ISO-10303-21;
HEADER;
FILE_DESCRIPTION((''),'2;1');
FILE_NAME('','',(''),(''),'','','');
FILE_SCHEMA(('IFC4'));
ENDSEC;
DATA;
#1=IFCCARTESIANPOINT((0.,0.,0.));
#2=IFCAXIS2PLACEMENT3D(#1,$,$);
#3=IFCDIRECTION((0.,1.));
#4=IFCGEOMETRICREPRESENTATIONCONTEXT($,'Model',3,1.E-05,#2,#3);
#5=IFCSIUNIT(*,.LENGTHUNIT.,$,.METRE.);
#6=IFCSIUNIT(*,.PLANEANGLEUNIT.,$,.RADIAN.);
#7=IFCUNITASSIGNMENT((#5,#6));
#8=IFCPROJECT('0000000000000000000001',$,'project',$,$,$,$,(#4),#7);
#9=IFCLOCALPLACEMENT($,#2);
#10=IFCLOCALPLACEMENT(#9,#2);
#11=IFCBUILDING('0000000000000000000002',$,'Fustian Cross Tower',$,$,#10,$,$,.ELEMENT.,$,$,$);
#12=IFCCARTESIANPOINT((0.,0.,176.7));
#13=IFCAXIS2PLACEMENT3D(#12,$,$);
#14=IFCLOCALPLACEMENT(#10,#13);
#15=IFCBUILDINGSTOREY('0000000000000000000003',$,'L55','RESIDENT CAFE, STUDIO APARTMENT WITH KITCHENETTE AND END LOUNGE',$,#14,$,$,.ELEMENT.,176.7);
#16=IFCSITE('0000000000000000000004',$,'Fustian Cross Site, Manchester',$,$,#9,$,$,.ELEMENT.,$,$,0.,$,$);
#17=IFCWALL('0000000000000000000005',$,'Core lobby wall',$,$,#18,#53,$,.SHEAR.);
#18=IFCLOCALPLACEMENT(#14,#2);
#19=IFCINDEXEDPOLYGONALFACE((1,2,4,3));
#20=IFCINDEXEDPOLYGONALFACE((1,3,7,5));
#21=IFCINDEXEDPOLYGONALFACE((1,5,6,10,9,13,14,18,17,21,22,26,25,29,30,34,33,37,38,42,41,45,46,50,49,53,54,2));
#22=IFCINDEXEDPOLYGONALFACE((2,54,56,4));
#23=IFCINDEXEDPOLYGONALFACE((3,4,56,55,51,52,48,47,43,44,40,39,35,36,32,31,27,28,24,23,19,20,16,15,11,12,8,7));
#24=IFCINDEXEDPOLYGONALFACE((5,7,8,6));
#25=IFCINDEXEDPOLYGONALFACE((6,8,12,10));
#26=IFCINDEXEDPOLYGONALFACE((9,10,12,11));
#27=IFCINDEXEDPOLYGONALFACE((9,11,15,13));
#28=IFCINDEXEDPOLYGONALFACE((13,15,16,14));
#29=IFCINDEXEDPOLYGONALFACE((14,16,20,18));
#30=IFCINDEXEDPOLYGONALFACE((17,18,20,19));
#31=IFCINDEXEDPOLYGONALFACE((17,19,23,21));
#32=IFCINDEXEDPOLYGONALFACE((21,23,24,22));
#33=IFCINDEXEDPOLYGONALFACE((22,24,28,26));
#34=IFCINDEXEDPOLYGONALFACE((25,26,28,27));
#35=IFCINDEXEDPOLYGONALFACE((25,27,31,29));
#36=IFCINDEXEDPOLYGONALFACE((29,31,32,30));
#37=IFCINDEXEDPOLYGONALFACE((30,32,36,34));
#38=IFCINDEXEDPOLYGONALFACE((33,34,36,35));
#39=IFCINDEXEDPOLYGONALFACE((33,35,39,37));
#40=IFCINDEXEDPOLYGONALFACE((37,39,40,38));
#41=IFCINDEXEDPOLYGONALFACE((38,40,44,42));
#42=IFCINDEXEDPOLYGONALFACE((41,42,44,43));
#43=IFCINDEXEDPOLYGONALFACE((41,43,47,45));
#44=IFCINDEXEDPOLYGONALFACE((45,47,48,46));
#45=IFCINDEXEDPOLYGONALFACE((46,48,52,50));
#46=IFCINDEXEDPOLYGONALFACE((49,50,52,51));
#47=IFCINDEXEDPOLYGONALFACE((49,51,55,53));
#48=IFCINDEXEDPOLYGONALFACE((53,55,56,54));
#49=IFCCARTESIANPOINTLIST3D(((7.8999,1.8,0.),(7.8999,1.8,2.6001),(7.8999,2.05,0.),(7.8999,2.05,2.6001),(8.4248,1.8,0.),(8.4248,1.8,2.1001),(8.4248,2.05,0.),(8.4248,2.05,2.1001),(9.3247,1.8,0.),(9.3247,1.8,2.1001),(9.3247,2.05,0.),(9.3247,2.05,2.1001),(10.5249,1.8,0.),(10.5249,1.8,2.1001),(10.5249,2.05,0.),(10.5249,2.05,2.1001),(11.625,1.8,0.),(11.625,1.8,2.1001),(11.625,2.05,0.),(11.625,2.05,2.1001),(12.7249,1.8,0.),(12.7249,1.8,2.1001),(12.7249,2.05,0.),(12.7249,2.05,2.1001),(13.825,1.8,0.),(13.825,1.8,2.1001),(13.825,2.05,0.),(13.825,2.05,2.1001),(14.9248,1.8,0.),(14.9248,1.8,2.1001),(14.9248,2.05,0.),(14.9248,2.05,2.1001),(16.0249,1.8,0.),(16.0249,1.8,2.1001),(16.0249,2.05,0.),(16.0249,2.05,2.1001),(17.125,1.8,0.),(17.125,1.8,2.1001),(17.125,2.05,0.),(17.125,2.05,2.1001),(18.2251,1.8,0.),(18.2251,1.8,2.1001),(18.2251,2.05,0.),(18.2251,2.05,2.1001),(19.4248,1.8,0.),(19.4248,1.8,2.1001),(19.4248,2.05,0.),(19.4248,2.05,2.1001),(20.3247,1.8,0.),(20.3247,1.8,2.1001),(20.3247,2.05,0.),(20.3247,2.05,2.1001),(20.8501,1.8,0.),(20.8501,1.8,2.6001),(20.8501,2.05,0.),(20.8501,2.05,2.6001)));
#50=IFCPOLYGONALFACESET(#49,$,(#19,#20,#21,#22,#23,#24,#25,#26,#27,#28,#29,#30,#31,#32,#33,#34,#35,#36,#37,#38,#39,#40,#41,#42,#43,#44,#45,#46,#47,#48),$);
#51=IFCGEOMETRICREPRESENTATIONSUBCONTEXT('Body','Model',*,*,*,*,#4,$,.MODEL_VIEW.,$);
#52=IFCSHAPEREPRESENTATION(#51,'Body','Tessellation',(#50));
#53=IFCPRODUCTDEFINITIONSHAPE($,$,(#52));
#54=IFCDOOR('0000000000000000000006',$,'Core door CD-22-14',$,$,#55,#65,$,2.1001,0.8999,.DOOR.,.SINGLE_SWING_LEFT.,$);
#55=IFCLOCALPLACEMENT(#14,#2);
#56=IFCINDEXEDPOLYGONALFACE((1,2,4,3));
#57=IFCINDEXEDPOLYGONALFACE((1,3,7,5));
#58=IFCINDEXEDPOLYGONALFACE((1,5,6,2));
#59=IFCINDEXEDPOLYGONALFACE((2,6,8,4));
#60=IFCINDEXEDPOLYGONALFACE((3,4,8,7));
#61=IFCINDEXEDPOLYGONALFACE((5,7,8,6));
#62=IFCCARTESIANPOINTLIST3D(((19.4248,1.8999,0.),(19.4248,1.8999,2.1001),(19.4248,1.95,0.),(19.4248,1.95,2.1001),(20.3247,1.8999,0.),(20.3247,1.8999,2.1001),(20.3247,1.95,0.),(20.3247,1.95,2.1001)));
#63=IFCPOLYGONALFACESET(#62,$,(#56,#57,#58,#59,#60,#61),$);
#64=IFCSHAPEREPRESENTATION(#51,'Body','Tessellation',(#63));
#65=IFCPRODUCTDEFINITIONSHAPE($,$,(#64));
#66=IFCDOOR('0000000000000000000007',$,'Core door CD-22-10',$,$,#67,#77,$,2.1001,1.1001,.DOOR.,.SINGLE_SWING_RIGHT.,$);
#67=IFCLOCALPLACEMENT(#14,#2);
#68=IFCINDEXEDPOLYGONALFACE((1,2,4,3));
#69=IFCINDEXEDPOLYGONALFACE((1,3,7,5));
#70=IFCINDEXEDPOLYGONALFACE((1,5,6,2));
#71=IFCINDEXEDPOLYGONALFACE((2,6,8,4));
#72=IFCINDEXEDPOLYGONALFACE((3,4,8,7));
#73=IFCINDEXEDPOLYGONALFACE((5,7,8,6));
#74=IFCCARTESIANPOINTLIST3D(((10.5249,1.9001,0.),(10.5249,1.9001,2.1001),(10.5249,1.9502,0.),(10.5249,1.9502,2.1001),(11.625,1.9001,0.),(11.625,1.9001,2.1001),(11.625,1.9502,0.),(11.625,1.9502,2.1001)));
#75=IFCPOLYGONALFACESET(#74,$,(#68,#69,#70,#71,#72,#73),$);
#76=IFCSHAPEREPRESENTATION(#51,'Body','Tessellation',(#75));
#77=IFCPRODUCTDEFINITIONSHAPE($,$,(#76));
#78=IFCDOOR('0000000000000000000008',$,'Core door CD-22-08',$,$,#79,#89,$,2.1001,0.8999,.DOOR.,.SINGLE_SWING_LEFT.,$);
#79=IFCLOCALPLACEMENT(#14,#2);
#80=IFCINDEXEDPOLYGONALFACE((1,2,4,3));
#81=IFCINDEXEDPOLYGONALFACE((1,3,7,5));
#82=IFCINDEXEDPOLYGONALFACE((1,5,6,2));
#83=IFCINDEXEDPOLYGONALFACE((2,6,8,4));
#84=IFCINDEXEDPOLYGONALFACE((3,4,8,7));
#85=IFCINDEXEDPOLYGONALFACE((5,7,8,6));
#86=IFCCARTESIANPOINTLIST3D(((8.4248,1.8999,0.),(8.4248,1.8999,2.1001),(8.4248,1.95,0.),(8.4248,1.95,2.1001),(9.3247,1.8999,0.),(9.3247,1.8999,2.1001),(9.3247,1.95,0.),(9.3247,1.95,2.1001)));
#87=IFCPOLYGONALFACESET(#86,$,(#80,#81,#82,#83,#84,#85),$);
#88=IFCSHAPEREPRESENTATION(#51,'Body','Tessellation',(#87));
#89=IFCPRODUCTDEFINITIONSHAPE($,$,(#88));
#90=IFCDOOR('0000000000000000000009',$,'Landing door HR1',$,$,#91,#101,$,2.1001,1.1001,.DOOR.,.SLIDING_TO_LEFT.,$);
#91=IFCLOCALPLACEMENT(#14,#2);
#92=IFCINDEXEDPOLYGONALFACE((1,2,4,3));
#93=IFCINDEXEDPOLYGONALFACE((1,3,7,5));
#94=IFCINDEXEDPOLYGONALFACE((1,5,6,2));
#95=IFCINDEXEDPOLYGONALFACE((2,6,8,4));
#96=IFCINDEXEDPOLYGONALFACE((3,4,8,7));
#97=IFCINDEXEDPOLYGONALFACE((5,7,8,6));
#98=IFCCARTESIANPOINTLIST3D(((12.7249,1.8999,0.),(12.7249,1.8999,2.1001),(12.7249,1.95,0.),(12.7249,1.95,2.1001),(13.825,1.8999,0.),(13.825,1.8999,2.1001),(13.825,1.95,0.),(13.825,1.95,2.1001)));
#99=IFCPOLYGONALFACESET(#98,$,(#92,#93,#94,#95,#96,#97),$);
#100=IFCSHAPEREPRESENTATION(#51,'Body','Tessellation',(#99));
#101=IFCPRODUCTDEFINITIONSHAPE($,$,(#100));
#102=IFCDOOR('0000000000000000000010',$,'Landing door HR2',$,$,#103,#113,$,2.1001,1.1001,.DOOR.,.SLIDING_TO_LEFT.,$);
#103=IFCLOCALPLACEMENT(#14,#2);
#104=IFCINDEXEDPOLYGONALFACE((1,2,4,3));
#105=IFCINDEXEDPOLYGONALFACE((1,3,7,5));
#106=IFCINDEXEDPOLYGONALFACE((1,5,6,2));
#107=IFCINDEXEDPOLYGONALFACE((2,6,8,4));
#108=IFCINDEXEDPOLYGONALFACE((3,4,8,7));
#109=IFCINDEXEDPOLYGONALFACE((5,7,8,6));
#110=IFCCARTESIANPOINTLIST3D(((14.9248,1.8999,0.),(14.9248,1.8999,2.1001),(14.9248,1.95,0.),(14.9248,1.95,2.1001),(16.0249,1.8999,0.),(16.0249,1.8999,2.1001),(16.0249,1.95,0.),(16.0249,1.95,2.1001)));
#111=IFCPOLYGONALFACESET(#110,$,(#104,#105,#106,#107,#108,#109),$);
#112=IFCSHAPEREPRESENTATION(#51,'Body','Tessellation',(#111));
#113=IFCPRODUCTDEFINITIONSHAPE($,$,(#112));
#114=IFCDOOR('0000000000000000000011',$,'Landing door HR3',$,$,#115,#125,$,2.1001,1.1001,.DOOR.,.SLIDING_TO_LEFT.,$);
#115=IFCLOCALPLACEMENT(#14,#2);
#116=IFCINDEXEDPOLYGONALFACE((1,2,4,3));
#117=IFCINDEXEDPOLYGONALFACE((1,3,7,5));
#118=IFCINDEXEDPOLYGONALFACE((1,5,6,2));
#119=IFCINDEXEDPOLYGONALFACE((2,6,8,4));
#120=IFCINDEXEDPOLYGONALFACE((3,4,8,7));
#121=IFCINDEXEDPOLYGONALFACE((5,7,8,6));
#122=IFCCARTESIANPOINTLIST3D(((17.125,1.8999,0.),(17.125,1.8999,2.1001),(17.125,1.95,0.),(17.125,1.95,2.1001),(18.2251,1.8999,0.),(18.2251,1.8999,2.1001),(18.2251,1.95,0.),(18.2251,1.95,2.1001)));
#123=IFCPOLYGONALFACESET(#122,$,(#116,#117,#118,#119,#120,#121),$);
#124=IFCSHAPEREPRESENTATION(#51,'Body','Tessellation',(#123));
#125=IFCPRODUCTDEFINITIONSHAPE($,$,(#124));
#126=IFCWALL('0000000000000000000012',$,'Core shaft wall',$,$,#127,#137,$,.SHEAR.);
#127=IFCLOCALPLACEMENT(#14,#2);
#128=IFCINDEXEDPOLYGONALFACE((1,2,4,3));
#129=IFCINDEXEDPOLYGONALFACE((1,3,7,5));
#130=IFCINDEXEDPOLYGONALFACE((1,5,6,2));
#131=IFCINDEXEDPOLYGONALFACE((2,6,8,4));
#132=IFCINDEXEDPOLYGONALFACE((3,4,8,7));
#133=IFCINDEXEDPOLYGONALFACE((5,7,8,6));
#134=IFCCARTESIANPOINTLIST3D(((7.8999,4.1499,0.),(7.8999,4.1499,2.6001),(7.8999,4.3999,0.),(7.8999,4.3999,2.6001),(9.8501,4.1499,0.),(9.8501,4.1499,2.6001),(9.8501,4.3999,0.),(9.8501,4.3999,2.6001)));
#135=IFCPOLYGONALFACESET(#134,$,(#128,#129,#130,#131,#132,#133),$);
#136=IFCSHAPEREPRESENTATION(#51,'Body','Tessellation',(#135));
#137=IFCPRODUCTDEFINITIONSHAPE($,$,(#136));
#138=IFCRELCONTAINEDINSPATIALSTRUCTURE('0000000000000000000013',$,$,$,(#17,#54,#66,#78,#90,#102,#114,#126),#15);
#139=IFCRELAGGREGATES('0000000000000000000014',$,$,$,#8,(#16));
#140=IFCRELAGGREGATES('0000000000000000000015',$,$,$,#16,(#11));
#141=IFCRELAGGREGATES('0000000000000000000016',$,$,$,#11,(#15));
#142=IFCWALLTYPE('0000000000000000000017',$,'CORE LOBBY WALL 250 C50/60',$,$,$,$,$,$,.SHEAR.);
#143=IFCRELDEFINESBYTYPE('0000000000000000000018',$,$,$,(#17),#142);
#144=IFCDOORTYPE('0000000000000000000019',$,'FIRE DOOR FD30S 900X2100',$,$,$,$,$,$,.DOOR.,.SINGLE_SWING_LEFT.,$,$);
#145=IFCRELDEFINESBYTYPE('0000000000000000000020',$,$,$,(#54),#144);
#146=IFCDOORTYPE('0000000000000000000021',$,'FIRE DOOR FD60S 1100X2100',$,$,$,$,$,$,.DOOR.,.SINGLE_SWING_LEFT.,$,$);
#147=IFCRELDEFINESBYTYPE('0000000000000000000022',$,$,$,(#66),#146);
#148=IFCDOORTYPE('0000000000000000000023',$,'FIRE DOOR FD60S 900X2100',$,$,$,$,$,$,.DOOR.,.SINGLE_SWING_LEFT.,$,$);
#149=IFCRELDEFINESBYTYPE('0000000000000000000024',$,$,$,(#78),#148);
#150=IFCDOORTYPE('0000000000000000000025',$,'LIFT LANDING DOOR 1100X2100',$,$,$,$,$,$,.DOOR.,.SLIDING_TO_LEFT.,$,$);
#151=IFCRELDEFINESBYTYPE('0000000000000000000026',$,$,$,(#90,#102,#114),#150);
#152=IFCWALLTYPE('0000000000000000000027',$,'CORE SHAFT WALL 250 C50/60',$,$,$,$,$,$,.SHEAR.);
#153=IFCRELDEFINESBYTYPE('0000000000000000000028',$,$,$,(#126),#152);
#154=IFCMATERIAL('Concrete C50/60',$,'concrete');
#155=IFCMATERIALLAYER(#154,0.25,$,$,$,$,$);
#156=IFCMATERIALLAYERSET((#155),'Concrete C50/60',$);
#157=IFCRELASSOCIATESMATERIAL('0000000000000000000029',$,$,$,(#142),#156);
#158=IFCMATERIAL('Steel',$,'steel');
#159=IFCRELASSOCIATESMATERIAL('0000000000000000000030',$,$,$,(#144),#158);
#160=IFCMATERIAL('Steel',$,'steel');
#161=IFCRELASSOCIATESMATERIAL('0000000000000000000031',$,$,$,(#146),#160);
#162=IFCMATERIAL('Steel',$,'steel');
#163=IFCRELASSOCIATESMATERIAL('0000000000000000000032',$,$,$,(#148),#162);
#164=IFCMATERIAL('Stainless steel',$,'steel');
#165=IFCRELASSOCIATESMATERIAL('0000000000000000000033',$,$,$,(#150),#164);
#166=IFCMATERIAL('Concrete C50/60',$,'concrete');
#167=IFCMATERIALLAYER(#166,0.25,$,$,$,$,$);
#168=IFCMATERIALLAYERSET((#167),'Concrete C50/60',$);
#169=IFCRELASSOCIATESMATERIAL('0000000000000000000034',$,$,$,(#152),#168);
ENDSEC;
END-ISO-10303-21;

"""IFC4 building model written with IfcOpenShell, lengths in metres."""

from ifc_helpers import new_model, si_unit, direction, frame, frame_2d, origin, place, context, subcontext, project, spatial, rectangle, extrude, material, layer, layer_set, type_object, element, fill, save


model = new_model("IFC4")

# Units and contexts
model_context = context("Model", 3, precision=1e-05, world=origin(), true_north=direction((0.0, 1.0)))
body_context = subcontext(model_context, "Body", "Model", "MODEL_VIEW")
ifc_project = project(units=[si_unit("LENGTHUNIT", "METRE"), si_unit("PLANEANGLEUNIT", "RADIAN")], contexts=[model_context])

# Site, building, storey
site_placement = place(None, origin())
site = spatial("IfcSite", under=ifc_project, at=site_placement, Name="Fustian Cross Site, Manchester", CompositionType="ELEMENT", RefElevation=0.0)
building_placement = place(site_placement, origin())
building = spatial("IfcBuilding", under=site, at=building_placement, Name="Fustian Cross Tower", CompositionType="ELEMENT")
storey_placement = place(building_placement, frame((0.0, 0.0, 176.7)))
storey = spatial("IfcBuildingStorey", under=building, at=storey_placement, Name="L55", Description="RESIDENT CAFE, STUDIO APARTMENT WITH KITCHENETTE AND END LOUNGE", CompositionType="ELEMENT", Elevation=176.7)

# Wall, openings, doors
ifc_material_1 = material(Name="Concrete C50/60", Category="concrete")
ifc_layer_1 = layer(ifc_material_1, 0.25)
ifc_layer_set_1 = layer_set([ifc_layer_1], Name="Concrete C50/60")
wall_type_1 = type_object("IfcWallType", Name="CORE LOBBY WALL 250 C50/60", PredefinedType="SHEAR", material=ifc_layer_set_1)
wall_1_placement = place(storey_placement, frame((7.8999, 1.925, 0.0), z_axis=(0.0, 0.0, 1.0), x_axis=(1.0, 0.0, 0.0)))
wall_1 = element("IfcWall", 1, at=wall_1_placement, inside=storey, type_object=wall_type_1, Name="Core lobby wall", PredefinedType="SHEAR", context=body_context, shape_type="SweptSolid", body=[
    extrude(rectangle(XDim=12.9502, YDim=0.25, at=frame_2d((6.4751, 0.0))), origin(), (0.0, 0.0, 1.0), 2.6001),
])
opening_1_placement = place(wall_1_placement, frame((4.825, 0.0, 0.0)))
opening_1 = element("IfcOpeningElement", 2, at=opening_1_placement, cuts=wall_1, PredefinedType="OPENING", context=body_context, shape_type="SweptSolid", body=[
    extrude(rectangle(XDim=1.1001, YDim=2.1001, at=frame_2d((0.55, 1.05))), frame((0.0, 0.135, 0.0), z_axis=(0.0, -1.0, 0.0), x_axis=(1.0, 0.0, 0.0)), (0.0, 0.0, 1.0), 0.27),
])
opening_2_placement = place(wall_1_placement, frame((7.0249, 0.0, 0.0)))
opening_2 = element("IfcOpeningElement", 3, at=opening_2_placement, cuts=wall_1, PredefinedType="OPENING", context=body_context, shape_type="SweptSolid", body=[
    extrude(rectangle(XDim=1.1001, YDim=2.1001, at=frame_2d((0.55, 1.05))), frame((0.0, 0.135, 0.0), z_axis=(0.0, -1.0, 0.0), x_axis=(1.0, 0.0, 0.0)), (0.0, 0.0, 1.0), 0.27),
])
opening_3_placement = place(wall_1_placement, frame((9.2251, 0.0, 0.0)))
opening_3 = element("IfcOpeningElement", 4, at=opening_3_placement, cuts=wall_1, PredefinedType="OPENING", context=body_context, shape_type="SweptSolid", body=[
    extrude(rectangle(XDim=1.1001, YDim=2.1001, at=frame_2d((0.55, 1.05))), frame((0.0, 0.135, 0.0), z_axis=(0.0, -1.0, 0.0), x_axis=(1.0, 0.0, 0.0)), (0.0, 0.0, 1.0), 0.27),
])
opening_4_placement = place(wall_1_placement, frame((0.5249, 0.0, 0.0)))
opening_4 = element("IfcOpeningElement", 5, at=opening_4_placement, cuts=wall_1, PredefinedType="OPENING", context=body_context, shape_type="SweptSolid", body=[
    extrude(rectangle(XDim=0.8999, YDim=2.1001, at=frame_2d((0.45, 1.05))), frame((0.0, 0.135, 0.0), z_axis=(0.0, -1.0, 0.0), x_axis=(1.0, 0.0, 0.0)), (0.0, 0.0, 1.0), 0.27),
])
opening_5_placement = place(wall_1_placement, frame((2.625, 0.0, 0.0)))
opening_5 = element("IfcOpeningElement", 6, at=opening_5_placement, cuts=wall_1, PredefinedType="OPENING", context=body_context, shape_type="SweptSolid", body=[
    extrude(rectangle(XDim=1.1001, YDim=2.1001, at=frame_2d((0.55, 1.05))), frame((0.0, 0.135, 0.0), z_axis=(0.0, -1.0, 0.0), x_axis=(1.0, 0.0, 0.0)), (0.0, 0.0, 1.0), 0.27),
])
opening_6_placement = place(wall_1_placement, frame((11.5249, 0.0, 0.0)))
opening_6 = element("IfcOpeningElement", 7, at=opening_6_placement, cuts=wall_1, PredefinedType="OPENING", context=body_context, shape_type="SweptSolid", body=[
    extrude(rectangle(XDim=0.8999, YDim=2.1001, at=frame_2d((0.45, 1.05))), frame((0.0, 0.135, 0.0), z_axis=(0.0, -1.0, 0.0), x_axis=(1.0, 0.0, 0.0)), (0.0, 0.0, 1.0), 0.27),
])
ifc_material_2 = material(Name="Steel", Category="steel")
door_type_1 = type_object("IfcDoorType", Name="FIRE DOOR FD30S 900X2100", OperationType="SINGLE_SWING_LEFT", PredefinedType="DOOR", material=ifc_material_2)
door_1_placement = place(opening_6_placement, origin())
door_1 = element("IfcDoor", 8, at=door_1_placement, inside=storey, type_object=door_type_1, Name="Core door CD-22-14", OperationType="SINGLE_SWING_LEFT", OverallHeight=2.1001, OverallWidth=0.8999, PredefinedType="DOOR", context=body_context, shape_type="SweptSolid", body=[
    extrude(rectangle(XDim=0.8999, YDim=2.1001, at=frame_2d((0.45, 1.05))), frame((0.0, 0.0249, 0.0), z_axis=(0.0, -1.0, 0.0), x_axis=(1.0, 0.0, 0.0)), (0.0, 0.0, 1.0), 0.05),
])
fill(opening_6, door_1)
ifc_material_3 = material(Name="Steel", Category="steel")
door_type_2 = type_object("IfcDoorType", Name="FIRE DOOR FD60S 1100X2100", OperationType="SINGLE_SWING_LEFT", PredefinedType="DOOR", material=ifc_material_3)
door_2_placement = place(opening_5_placement, frame((1.1001, 0.0, 0.0), z_axis=(0.0, 0.0, 1.0), x_axis=(-1.0, 0.0, 0.0)))
door_2 = element("IfcDoor", 9, at=door_2_placement, inside=storey, type_object=door_type_2, Name="Core door CD-22-10", OperationType="SINGLE_SWING_RIGHT", OverallHeight=2.1001, OverallWidth=1.1001, PredefinedType="DOOR", context=body_context, shape_type="SweptSolid", body=[
    extrude(rectangle(XDim=1.1001, YDim=2.1001, at=frame_2d((0.55, 1.05))), frame((0.0, 0.0249, 0.0), z_axis=(0.0, -1.0, 0.0), x_axis=(1.0, 0.0, 0.0)), (0.0, 0.0, 1.0), 0.05),
])
fill(opening_5, door_2)
ifc_material_4 = material(Name="Steel", Category="steel")
door_type_3 = type_object("IfcDoorType", Name="FIRE DOOR FD60S 900X2100", OperationType="SINGLE_SWING_LEFT", PredefinedType="DOOR", material=ifc_material_4)
door_3_placement = place(opening_4_placement, origin())
door_3 = element("IfcDoor", 10, at=door_3_placement, inside=storey, type_object=door_type_3, Name="Core door CD-22-08", OperationType="SINGLE_SWING_LEFT", OverallHeight=2.1001, OverallWidth=0.8999, PredefinedType="DOOR", context=body_context, shape_type="SweptSolid", body=[
    extrude(rectangle(XDim=0.8999, YDim=2.1001, at=frame_2d((0.45, 1.05))), frame((0.0, 0.0249, 0.0), z_axis=(0.0, -1.0, 0.0), x_axis=(1.0, 0.0, 0.0)), (0.0, 0.0, 1.0), 0.05),
])
fill(opening_4, door_3)
ifc_material_5 = material(Name="Stainless steel", Category="steel")
door_type_4 = type_object("IfcDoorType", Name="LIFT LANDING DOOR 1100X2100", OperationType="SLIDING_TO_LEFT", PredefinedType="DOOR", material=ifc_material_5)
door_4_placement = place(opening_1_placement, origin())
door_4 = element("IfcDoor", 11, at=door_4_placement, inside=storey, type_object=door_type_4, Name="Landing door HR1", OperationType="SLIDING_TO_LEFT", OverallHeight=2.1001, OverallWidth=1.1001, PredefinedType="DOOR", context=body_context, shape_type="SweptSolid", body=[
    extrude(rectangle(XDim=1.1001, YDim=2.1001, at=frame_2d((0.55, 1.05))), frame((0.0, 0.0249, 0.0), z_axis=(0.0, -1.0, 0.0), x_axis=(1.0, 0.0, 0.0)), (0.0, 0.0, 1.0), 0.05),
])
fill(opening_1, door_4)
door_5_placement = place(opening_2_placement, origin())
door_5 = element("IfcDoor", 12, at=door_5_placement, inside=storey, type_object=door_type_4, Name="Landing door HR2", OperationType="SLIDING_TO_LEFT", OverallHeight=2.1001, OverallWidth=1.1001, PredefinedType="DOOR", context=body_context, shape_type="SweptSolid", body=[
    extrude(rectangle(XDim=1.1001, YDim=2.1001, at=frame_2d((0.55, 1.05))), frame((0.0, 0.0249, 0.0), z_axis=(0.0, -1.0, 0.0), x_axis=(1.0, 0.0, 0.0)), (0.0, 0.0, 1.0), 0.05),
])
fill(opening_2, door_5)
door_6_placement = place(opening_3_placement, origin())
door_6 = element("IfcDoor", 13, at=door_6_placement, inside=storey, type_object=door_type_4, Name="Landing door HR3", OperationType="SLIDING_TO_LEFT", OverallHeight=2.1001, OverallWidth=1.1001, PredefinedType="DOOR", context=body_context, shape_type="SweptSolid", body=[
    extrude(rectangle(XDim=1.1001, YDim=2.1001, at=frame_2d((0.55, 1.05))), frame((0.0, 0.0249, 0.0), z_axis=(0.0, -1.0, 0.0), x_axis=(1.0, 0.0, 0.0)), (0.0, 0.0, 1.0), 0.05),
])
fill(opening_3, door_6)

# Wall
ifc_material_6 = material(Name="Concrete C50/60", Category="concrete")
ifc_layer_2 = layer(ifc_material_6, 0.25)
ifc_layer_set_2 = layer_set([ifc_layer_2], Name="Concrete C50/60")
wall_type_2 = type_object("IfcWallType", Name="CORE SHAFT WALL 250 C50/60", PredefinedType="SHEAR", material=ifc_layer_set_2)
wall_2_placement = place(storey_placement, frame((7.8999, 4.2749, 0.0), z_axis=(0.0, 0.0, 1.0), x_axis=(1.0, 0.0, 0.0)))
element("IfcWall", 14, at=wall_2_placement, inside=storey, type_object=wall_type_2, Name="Core shaft wall", PredefinedType="SHEAR", context=body_context, shape_type="SweptSolid", body=[
    extrude(rectangle(XDim=1.9502, YDim=0.25, at=frame_2d((0.9751, 0.0))), origin(), (0.0, 0.0, 1.0), 2.6001),
])

save(model, "model.ifc")
